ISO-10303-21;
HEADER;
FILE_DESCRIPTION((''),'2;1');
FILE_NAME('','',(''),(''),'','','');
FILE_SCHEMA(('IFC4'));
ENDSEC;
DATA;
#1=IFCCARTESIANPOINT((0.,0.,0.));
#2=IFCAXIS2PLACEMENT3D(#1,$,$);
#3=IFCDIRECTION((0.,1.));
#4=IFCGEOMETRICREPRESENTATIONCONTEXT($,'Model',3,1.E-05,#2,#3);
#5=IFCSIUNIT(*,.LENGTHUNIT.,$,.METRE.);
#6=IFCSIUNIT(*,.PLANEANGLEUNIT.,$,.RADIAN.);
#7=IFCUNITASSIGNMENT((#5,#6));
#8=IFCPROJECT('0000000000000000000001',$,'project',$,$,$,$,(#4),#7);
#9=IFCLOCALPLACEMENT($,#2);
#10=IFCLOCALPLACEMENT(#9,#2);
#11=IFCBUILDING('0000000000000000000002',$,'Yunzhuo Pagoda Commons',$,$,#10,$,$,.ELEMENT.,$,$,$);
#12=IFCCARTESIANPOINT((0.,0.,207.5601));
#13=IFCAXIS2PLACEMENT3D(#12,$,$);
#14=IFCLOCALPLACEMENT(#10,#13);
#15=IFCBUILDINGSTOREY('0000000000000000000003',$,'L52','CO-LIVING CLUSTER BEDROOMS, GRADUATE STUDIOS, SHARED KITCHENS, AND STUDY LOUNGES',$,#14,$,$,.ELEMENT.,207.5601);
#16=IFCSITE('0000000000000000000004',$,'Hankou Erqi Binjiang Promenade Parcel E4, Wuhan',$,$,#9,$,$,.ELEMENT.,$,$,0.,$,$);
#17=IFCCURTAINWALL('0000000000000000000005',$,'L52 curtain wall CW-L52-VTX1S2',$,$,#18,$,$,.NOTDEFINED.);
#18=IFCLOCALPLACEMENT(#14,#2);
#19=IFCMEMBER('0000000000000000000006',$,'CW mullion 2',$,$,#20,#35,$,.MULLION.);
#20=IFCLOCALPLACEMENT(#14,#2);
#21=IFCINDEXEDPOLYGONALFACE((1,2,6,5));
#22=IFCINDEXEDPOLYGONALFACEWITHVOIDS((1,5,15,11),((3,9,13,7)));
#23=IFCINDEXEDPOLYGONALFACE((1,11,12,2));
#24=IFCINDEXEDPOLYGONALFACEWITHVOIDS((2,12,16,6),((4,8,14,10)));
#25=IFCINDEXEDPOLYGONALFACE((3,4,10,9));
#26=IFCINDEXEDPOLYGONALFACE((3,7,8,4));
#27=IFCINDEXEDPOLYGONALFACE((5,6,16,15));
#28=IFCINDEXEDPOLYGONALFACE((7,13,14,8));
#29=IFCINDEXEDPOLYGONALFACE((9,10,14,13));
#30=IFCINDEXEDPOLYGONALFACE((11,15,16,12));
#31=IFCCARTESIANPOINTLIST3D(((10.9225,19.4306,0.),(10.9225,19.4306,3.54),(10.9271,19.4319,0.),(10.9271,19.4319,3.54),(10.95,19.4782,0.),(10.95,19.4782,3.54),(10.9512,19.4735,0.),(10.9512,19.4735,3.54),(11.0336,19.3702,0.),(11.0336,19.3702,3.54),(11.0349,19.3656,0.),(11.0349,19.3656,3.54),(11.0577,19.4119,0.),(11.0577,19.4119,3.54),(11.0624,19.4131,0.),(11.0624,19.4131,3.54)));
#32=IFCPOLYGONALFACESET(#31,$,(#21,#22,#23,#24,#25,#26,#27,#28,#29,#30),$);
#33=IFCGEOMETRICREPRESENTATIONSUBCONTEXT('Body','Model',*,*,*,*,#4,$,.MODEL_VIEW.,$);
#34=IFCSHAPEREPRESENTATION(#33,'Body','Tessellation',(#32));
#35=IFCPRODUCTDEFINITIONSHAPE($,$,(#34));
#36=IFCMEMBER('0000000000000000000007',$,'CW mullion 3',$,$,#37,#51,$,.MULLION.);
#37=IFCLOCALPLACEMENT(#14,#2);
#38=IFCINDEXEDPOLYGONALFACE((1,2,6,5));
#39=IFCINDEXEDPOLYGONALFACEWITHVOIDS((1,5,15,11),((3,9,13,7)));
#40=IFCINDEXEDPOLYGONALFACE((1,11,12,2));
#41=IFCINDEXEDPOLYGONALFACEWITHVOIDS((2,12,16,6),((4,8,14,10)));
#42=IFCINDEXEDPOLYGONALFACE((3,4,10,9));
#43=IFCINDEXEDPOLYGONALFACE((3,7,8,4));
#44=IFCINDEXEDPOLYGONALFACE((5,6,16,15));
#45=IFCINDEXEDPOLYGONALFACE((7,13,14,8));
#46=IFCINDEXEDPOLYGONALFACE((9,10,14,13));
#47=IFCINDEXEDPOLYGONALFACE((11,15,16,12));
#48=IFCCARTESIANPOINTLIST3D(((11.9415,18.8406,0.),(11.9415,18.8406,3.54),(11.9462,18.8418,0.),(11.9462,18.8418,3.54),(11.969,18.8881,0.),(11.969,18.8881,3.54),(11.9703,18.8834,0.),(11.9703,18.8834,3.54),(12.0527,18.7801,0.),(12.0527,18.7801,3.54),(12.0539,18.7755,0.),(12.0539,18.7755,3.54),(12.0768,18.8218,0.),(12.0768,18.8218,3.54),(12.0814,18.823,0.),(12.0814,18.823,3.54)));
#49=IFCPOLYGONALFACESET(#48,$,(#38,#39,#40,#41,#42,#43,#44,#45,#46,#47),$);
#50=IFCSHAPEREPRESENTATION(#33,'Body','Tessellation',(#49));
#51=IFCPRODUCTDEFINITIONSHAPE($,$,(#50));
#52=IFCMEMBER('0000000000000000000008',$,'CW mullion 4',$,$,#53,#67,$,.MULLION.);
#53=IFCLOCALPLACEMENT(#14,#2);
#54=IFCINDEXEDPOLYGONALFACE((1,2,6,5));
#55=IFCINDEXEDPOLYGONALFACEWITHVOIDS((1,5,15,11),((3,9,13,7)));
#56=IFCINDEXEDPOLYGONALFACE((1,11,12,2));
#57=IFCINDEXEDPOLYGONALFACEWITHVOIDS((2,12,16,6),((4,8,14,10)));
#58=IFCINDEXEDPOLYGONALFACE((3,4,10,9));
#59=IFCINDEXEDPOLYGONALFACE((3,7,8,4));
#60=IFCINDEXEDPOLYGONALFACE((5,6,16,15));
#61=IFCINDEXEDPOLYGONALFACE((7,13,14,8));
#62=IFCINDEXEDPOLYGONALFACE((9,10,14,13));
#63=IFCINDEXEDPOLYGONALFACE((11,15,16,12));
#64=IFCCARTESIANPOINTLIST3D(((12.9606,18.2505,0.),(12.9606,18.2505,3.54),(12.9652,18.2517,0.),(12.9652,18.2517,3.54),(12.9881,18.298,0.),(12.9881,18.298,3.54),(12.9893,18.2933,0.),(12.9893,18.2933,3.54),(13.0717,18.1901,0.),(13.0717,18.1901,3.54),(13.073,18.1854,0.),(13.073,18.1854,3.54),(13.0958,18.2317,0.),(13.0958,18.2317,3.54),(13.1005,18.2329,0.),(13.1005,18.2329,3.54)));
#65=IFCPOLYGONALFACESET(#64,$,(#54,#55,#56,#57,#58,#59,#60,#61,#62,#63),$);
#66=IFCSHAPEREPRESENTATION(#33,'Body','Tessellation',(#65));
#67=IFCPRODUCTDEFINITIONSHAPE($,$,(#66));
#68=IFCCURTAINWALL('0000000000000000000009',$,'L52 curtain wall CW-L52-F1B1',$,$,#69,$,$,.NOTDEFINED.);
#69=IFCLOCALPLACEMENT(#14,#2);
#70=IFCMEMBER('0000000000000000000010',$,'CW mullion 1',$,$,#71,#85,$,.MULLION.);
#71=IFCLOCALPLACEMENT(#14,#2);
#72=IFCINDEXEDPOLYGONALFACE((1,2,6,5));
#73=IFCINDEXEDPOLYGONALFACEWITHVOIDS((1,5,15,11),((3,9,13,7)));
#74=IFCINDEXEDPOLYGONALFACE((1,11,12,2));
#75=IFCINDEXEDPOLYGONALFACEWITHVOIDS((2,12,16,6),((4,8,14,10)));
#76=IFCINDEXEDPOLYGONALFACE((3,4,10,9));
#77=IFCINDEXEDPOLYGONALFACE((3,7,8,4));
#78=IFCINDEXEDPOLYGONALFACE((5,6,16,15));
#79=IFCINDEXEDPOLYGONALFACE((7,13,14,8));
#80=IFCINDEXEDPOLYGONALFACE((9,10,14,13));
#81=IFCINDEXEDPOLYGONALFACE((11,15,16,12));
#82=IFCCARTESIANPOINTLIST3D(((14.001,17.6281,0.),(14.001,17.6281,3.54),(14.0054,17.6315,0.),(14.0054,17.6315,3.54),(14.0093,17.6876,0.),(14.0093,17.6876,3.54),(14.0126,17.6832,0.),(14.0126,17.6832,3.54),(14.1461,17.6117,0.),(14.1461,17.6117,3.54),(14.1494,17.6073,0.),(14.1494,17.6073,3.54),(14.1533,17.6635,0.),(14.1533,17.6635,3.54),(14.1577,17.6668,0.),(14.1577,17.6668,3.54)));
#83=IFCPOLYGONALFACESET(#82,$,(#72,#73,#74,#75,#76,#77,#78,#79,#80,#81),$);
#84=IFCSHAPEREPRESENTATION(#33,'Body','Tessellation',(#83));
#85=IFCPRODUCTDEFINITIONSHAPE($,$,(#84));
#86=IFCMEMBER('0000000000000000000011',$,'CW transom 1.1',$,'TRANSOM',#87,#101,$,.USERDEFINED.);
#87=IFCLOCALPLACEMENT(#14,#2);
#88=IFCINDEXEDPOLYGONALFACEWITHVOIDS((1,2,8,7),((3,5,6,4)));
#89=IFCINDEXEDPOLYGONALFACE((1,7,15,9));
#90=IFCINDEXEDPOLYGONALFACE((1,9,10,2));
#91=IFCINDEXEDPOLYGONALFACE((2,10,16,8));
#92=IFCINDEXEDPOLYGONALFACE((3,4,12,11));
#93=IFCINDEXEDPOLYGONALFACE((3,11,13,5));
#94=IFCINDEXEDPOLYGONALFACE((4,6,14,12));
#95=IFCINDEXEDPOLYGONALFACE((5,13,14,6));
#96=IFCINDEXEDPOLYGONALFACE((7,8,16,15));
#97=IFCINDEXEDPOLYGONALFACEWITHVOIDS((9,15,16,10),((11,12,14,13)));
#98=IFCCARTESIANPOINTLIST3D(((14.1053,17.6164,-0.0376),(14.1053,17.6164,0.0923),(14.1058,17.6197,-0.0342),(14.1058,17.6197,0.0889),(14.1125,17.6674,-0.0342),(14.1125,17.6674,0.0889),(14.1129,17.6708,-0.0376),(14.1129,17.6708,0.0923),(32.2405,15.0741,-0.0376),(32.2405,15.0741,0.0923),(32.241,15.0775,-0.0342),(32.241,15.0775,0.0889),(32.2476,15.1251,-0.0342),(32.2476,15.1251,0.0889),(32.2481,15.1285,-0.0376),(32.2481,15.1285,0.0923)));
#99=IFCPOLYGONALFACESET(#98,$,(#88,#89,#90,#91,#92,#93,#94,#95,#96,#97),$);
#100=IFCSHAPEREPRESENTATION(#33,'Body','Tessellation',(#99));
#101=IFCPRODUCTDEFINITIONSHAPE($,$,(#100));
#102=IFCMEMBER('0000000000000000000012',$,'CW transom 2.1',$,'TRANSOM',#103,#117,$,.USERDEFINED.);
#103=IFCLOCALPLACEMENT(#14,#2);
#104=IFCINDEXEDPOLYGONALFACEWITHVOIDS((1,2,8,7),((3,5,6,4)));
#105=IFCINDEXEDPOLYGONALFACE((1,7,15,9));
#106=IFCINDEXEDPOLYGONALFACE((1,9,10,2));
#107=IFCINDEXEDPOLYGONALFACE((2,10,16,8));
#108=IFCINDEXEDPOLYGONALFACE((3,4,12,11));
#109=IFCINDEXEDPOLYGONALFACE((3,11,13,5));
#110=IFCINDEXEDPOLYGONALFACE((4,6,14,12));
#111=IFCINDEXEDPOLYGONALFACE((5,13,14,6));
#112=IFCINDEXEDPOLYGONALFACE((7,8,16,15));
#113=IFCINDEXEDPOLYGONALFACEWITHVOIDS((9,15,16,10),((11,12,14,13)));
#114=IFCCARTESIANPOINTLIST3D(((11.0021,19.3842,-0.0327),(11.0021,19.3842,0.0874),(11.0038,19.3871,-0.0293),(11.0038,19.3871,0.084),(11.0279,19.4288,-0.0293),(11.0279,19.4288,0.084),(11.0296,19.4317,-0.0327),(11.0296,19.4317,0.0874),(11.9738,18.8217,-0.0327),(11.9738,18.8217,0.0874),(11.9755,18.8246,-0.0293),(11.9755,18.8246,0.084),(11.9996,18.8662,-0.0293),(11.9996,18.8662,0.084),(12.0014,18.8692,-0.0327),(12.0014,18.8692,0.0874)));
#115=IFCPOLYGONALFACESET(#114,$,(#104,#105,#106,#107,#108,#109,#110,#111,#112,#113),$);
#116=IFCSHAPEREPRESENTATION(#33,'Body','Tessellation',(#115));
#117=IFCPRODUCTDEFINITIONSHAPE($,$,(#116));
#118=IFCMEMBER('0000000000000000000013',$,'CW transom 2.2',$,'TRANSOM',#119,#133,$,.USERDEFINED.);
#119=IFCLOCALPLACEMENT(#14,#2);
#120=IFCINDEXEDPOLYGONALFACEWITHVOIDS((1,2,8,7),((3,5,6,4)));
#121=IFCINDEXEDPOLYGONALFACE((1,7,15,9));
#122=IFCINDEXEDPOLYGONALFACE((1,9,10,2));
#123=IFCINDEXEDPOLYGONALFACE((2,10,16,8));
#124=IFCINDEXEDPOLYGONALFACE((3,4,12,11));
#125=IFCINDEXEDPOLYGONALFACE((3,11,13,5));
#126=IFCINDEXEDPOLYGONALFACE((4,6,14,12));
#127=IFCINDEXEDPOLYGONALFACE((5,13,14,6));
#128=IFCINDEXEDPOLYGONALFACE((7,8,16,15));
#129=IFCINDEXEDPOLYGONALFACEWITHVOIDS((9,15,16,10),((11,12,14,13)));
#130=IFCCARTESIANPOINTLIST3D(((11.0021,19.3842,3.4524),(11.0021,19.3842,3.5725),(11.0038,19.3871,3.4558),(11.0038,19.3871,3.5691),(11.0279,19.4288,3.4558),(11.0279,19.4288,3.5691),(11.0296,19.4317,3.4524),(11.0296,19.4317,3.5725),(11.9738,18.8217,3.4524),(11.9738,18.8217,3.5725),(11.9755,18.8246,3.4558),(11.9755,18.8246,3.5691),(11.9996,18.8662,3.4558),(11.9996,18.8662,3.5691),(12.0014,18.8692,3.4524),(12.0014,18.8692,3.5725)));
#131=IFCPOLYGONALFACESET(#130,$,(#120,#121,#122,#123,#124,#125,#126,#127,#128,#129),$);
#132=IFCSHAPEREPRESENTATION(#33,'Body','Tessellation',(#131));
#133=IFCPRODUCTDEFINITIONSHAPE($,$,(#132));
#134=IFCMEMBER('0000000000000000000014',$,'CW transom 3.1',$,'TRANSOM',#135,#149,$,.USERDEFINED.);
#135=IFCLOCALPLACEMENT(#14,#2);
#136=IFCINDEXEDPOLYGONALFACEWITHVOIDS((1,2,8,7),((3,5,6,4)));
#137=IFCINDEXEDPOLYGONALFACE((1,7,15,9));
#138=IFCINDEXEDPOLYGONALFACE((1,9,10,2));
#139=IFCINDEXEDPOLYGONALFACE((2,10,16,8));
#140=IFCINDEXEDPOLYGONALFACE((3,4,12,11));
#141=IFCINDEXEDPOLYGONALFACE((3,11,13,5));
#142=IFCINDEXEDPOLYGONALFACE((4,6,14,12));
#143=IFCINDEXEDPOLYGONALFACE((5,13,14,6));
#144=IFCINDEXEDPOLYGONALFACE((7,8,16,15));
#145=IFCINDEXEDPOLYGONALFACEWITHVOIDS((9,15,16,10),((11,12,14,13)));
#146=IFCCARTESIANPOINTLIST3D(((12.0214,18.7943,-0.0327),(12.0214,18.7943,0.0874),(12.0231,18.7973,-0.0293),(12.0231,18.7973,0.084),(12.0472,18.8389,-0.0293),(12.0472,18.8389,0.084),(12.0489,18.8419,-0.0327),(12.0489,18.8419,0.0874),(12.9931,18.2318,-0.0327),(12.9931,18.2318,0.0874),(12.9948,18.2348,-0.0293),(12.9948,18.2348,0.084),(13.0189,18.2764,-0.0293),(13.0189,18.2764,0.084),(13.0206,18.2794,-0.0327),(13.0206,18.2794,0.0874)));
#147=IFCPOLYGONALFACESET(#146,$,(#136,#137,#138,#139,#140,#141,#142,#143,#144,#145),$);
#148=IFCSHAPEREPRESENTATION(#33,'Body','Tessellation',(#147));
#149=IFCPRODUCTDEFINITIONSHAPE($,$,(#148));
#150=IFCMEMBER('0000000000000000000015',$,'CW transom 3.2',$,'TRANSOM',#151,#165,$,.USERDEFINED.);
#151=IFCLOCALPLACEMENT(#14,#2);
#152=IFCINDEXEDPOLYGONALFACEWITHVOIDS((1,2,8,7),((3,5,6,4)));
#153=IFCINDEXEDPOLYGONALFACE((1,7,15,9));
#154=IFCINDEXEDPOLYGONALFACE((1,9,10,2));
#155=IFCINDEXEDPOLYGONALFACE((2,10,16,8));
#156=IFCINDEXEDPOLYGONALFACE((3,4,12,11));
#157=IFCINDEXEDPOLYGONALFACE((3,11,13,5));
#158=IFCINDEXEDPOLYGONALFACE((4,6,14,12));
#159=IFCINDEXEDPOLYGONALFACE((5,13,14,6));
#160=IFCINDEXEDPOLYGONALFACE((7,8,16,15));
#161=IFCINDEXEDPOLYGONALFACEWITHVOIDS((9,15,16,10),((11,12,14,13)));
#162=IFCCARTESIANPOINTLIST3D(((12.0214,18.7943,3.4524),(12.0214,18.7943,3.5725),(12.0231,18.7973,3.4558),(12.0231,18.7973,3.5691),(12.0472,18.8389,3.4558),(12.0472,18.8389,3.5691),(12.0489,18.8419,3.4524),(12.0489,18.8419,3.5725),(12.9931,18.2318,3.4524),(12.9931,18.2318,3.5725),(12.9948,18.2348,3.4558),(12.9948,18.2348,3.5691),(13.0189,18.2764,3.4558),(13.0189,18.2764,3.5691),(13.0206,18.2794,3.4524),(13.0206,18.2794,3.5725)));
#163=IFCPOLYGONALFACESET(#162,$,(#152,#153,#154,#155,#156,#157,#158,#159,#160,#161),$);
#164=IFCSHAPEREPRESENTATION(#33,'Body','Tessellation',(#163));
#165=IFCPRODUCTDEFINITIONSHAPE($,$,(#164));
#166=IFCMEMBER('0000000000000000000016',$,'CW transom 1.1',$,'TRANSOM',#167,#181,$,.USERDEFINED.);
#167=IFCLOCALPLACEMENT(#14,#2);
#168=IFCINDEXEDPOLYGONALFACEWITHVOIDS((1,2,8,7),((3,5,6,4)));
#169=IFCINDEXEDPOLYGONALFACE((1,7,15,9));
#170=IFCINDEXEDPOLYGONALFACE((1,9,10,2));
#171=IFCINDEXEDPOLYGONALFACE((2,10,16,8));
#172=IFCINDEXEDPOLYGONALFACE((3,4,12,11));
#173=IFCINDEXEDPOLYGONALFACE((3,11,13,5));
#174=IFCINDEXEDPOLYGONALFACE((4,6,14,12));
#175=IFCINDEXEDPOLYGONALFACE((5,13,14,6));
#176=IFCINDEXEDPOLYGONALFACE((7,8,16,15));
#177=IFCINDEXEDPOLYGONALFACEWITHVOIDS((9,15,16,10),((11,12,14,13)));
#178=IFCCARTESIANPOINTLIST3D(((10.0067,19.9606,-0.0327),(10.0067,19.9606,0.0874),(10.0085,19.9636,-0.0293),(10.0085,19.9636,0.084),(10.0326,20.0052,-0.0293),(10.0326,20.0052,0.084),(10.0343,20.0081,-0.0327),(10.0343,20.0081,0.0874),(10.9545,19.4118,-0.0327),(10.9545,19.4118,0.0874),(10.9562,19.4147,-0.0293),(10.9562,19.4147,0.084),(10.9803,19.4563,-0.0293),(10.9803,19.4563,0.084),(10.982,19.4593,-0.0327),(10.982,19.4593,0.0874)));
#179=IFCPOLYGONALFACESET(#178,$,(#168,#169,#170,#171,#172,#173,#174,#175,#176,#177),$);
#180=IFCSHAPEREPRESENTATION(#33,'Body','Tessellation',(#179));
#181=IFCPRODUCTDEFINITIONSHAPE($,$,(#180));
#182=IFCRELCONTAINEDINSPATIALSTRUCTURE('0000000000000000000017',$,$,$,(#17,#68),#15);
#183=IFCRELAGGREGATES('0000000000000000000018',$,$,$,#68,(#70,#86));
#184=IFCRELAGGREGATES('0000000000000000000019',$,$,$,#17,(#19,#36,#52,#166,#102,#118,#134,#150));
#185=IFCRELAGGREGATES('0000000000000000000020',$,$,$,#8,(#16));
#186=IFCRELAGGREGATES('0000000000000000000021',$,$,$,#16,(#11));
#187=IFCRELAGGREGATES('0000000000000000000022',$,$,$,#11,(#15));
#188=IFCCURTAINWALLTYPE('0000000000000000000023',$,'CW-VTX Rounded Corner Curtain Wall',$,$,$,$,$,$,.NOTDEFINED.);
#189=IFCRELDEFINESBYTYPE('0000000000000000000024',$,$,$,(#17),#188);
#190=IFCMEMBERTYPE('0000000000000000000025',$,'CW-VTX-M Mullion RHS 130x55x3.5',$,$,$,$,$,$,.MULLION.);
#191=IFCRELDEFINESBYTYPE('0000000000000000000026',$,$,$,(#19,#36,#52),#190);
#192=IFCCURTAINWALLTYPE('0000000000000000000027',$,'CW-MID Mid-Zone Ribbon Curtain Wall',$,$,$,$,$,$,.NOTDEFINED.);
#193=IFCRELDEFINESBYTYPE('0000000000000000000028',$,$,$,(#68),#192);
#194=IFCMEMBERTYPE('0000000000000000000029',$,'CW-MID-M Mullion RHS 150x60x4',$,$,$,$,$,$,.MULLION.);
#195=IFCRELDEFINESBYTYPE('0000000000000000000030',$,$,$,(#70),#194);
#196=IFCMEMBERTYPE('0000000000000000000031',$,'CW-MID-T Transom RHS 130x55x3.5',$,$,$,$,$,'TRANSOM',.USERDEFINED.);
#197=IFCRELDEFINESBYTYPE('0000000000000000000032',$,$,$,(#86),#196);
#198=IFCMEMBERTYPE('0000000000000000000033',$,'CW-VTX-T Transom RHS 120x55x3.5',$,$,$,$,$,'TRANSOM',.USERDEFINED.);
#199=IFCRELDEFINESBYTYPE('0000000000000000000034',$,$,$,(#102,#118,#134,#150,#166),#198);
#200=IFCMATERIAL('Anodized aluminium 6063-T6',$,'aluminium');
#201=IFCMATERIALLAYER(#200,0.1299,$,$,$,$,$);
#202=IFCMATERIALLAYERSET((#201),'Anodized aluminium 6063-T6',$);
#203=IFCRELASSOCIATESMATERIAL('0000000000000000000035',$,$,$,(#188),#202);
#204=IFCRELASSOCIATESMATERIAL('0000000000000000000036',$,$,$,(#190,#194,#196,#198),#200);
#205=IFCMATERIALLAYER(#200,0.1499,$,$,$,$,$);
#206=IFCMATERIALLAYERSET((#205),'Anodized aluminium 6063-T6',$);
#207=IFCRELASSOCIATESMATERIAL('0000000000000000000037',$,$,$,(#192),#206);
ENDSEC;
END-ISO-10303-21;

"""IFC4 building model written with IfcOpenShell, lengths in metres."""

from ifc_helpers import new_model, si_unit, direction, frame, origin, origin_2d, place, context, subcontext, project, spatial, hollow_rectangle, extrude, source, transform, mapped, material, layer, layer_set, material_profile, profile_set, type_object, element, aggregate, save


model = new_model("IFC4")

# Units and contexts
model_context = context("Model", 3, precision=1e-05, world=origin(), true_north=direction((0.0, 1.0)))
body_context = subcontext(model_context, "Body", "Model", "MODEL_VIEW")
ifc_project = project(units=[si_unit("LENGTHUNIT", "METRE"), si_unit("PLANEANGLEUNIT", "RADIAN")], contexts=[model_context])

# Site, building, storey
site_placement = place(None, origin())
site = spatial("IfcSite", under=ifc_project, at=site_placement, Name="Hankou Erqi Binjiang Promenade Parcel E4, Wuhan", CompositionType="ELEMENT", RefElevation=0.0)
building_placement = place(site_placement, origin())
building = spatial("IfcBuilding", under=site, at=building_placement, Name="Yunzhuo Pagoda Commons", CompositionType="ELEMENT")
storey_placement = place(building_placement, frame((0.0, 0.0, 207.5601)))
storey = spatial("IfcBuildingStorey", under=building, at=storey_placement, Name="L52", Description="CO-LIVING CLUSTER BEDROOMS, GRADUATE STUDIOS, SHARED KITCHENS, AND STUDY LOUNGES", CompositionType="ELEMENT", Elevation=207.5601)

# Curtain walls, members
ifc_material_1 = material(Name="Anodized aluminium 6063-T6", Category="aluminium")
ifc_layer_1 = layer(ifc_material_1, 0.1299)
ifc_layer_set_1 = layer_set([ifc_layer_1], Name="Anodized aluminium 6063-T6")
curtain_wall_type_1 = type_object("IfcCurtainWallType", Name="CW-VTX Rounded Corner Curtain Wall", PredefinedType="NOTDEFINED", material=ifc_layer_set_1)
curtain_wall_1_placement = place(storey_placement, origin())
curtain_wall_1 = element("IfcCurtainWall", 1, at=curtain_wall_1_placement, inside=storey, type_object=curtain_wall_type_1, Name="L52 curtain wall CW-L52-VTX1S2", PredefinedType="NOTDEFINED")
ifc_material_profile_1 = material_profile(ifc_material_1, hollow_rectangle(XDim=0.0549, YDim=0.1299, WallThickness=0.0034, at=origin_2d()), Name="Anodized aluminium 6063-T6")
ifc_profile_set_1 = profile_set([ifc_material_profile_1], Name="Anodized aluminium 6063-T6")
member_type_1 = type_object("IfcMemberType", Name="CW-VTX-M Mullion RHS 130x55x3.5", PredefinedType="MULLION", material=ifc_profile_set_1)
shared_shape_1 = source(origin(), body_context, "Body", "SweptSolid", [
    extrude(hollow_rectangle(XDim=0.0549, YDim=0.1299, WallThickness=0.0034, at=origin_2d()), origin(), (0.0, 0.0, 1.0), 3.54),
])
member_1_placement = place(storey_placement, frame((10.9924, 19.4219, 0.0), z_axis=(0.0, 0.0, 1.0), x_axis=(0.501037, 0.865426, 0.0)))
member_1 = element("IfcMember", 2, at=member_1_placement, type_object=member_type_1, Name="CW mullion 2", PredefinedType="MULLION", context=body_context, shape_type="MappedRepresentation", body=[
    mapped(shared_shape_1, transform((0.0, 0.0, 0.0), scale=1.0)),
])
member_2_placement = place(storey_placement, frame((12.0115, 18.8318, 0.0), z_axis=(0.0, 0.0, 1.0), x_axis=(0.501037, 0.865426, 0.0)))
member_2 = element("IfcMember", 3, at=member_2_placement, type_object=member_type_1, Name="CW mullion 3", PredefinedType="MULLION", context=body_context, shape_type="MappedRepresentation", body=[
    mapped(shared_shape_1, transform((0.0, 0.0, 0.0), scale=1.0)),
])
member_3_placement = place(storey_placement, frame((13.0305, 18.2417, 0.0), z_axis=(0.0, 0.0, 1.0), x_axis=(0.501037, 0.865426, 0.0)))
member_3 = element("IfcMember", 4, at=member_3_placement, type_object=member_type_1, Name="CW mullion 4", PredefinedType="MULLION", context=body_context, shape_type="MappedRepresentation", body=[
    mapped(shared_shape_1, transform((0.0, 0.0, 0.0), scale=1.0)),
])
ifc_layer_2 = layer(ifc_material_1, 0.1499)
ifc_layer_set_2 = layer_set([ifc_layer_2], Name="Anodized aluminium 6063-T6")
curtain_wall_type_2 = type_object("IfcCurtainWallType", Name="CW-MID Mid-Zone Ribbon Curtain Wall", PredefinedType="NOTDEFINED", material=ifc_layer_set_2)
curtain_wall_2_placement = place(storey_placement, origin())
curtain_wall_2 = element("IfcCurtainWall", 5, at=curtain_wall_2_placement, inside=storey, type_object=curtain_wall_type_2, Name="L52 curtain wall CW-L52-F1B1", PredefinedType="NOTDEFINED")
ifc_material_profile_2 = material_profile(ifc_material_1, hollow_rectangle(XDim=0.0601, YDim=0.1499, WallThickness=0.0039, at=origin_2d()), Name="Anodized aluminium 6063-T6")
ifc_profile_set_2 = profile_set([ifc_material_profile_2], Name="Anodized aluminium 6063-T6")
member_type_2 = type_object("IfcMemberType", Name="CW-MID-M Mullion RHS 150x60x4", PredefinedType="MULLION", material=ifc_profile_set_2)
shared_shape_2 = source(origin(), body_context, "Body", "SweptSolid", [
    extrude(hollow_rectangle(XDim=0.0601, YDim=0.1499, WallThickness=0.0039, at=origin_2d()), origin(), (0.0, 0.0, 1.0), 3.54),
])
member_4_placement = place(storey_placement, frame((14.0793, 17.6475, 0.0), z_axis=(0.0, 0.0, 1.0), x_axis=(0.138819, 0.990318, 0.0)))
member_4 = element("IfcMember", 6, at=member_4_placement, type_object=member_type_2, Name="CW mullion 1", PredefinedType="MULLION", context=body_context, shape_type="MappedRepresentation", body=[
    mapped(shared_shape_2, transform((0.0, 0.0, 0.0), scale=1.0)),
])
ifc_material_profile_3 = material_profile(ifc_material_1, hollow_rectangle(XDim=0.0549, YDim=0.1299, WallThickness=0.0034, at=origin_2d()), Name="Anodized aluminium 6063-T6")
ifc_profile_set_3 = profile_set([ifc_material_profile_3], Name="Anodized aluminium 6063-T6")
member_type_3 = type_object("IfcMemberType", Name="CW-MID-T Transom RHS 130x55x3.5", ElementType="TRANSOM", PredefinedType="USERDEFINED", material=ifc_profile_set_3)
shared_shape_3 = source(origin(), body_context, "Body", "SweptSolid", [
    extrude(hollow_rectangle(XDim=0.0549, YDim=0.1299, WallThickness=0.0034, at=origin_2d()), origin(), (0.0, 0.0, 1.0), 18.3125),
])
member_5_placement = place(storey_placement, frame((14.1091, 17.6436, 0.0273), z_axis=(0.990317, -0.138825, 0.0), x_axis=(0.138825, 0.990317, 0.0)))
member_5 = element("IfcMember", 7, at=member_5_placement, type_object=member_type_3, Name="CW transom 1.1", ObjectType="TRANSOM", PredefinedType="USERDEFINED", context=body_context, shape_type="MappedRepresentation", body=[
    mapped(shared_shape_3, transform((0.0, 0.0, 0.0), scale=1.0)),
])
aggregate(curtain_wall_2, [member_4, member_5])

# Members
ifc_material_profile_4 = material_profile(ifc_material_1, hollow_rectangle(XDim=0.0549, YDim=0.1201, WallThickness=0.0034, at=origin_2d()), Name="Anodized aluminium 6063-T6")
ifc_profile_set_4 = profile_set([ifc_material_profile_4], Name="Anodized aluminium 6063-T6")
member_type_4 = type_object("IfcMemberType", Name="CW-VTX-T Transom RHS 120x55x3.5", ElementType="TRANSOM", PredefinedType="USERDEFINED", material=ifc_profile_set_4)
shared_shape_4 = source(origin(), body_context, "Body", "SweptSolid", [
    extrude(hollow_rectangle(XDim=0.0549, YDim=0.1201, WallThickness=0.0034, at=origin_2d()), origin(), (0.0, 0.0, 1.0), 1.1228),
])
member_6_placement = place(storey_placement, frame((11.0159, 19.408, 0.0273), z_axis=(0.865446, -0.501002, 0.0), x_axis=(0.501002, 0.865446, 0.0)))
member_6 = element("IfcMember", 8, at=member_6_placement, type_object=member_type_4, Name="CW transom 2.1", ObjectType="TRANSOM", PredefinedType="USERDEFINED", context=body_context, shape_type="MappedRepresentation", body=[
    mapped(shared_shape_4, transform((0.0, 0.0, 0.0), scale=1.0)),
])
member_7_placement = place(storey_placement, frame((11.0159, 19.408, 3.5125), z_axis=(0.865446, -0.501002, 0.0), x_axis=(0.501002, 0.865446, 0.0)))
member_7 = element("IfcMember", 9, at=member_7_placement, type_object=member_type_4, Name="CW transom 2.2", ObjectType="TRANSOM", PredefinedType="USERDEFINED", context=body_context, shape_type="MappedRepresentation", body=[
    mapped(shared_shape_4, transform((0.0, 0.0, 0.0), scale=1.0)),
])
member_8_placement = place(storey_placement, frame((12.0352, 18.8181, 0.0273), z_axis=(0.865446, -0.501002, 0.0), x_axis=(0.501002, 0.865446, 0.0)))
member_8 = element("IfcMember", 10, at=member_8_placement, type_object=member_type_4, Name="CW transom 3.1", ObjectType="TRANSOM", PredefinedType="USERDEFINED", context=body_context, shape_type="MappedRepresentation", body=[
    mapped(shared_shape_4, transform((0.0, 0.0, 0.0), scale=1.0)),
])
member_9_placement = place(storey_placement, frame((12.0352, 18.8181, 3.5125), z_axis=(0.865446, -0.501002, 0.0), x_axis=(0.501002, 0.865446, 0.0)))
member_9 = element("IfcMember", 11, at=member_9_placement, type_object=member_type_4, Name="CW transom 3.2", ObjectType="TRANSOM", PredefinedType="USERDEFINED", context=body_context, shape_type="MappedRepresentation", body=[
    mapped(shared_shape_4, transform((0.0, 0.0, 0.0), scale=1.0)),
])
shared_shape_5 = source(origin(), body_context, "Body", "SweptSolid", [
    extrude(hollow_rectangle(XDim=0.0549, YDim=0.1201, WallThickness=0.0034, at=origin_2d()), origin(), (0.0, 0.0, 1.0), 1.0952),
])
member_10_placement = place(storey_placement, frame((10.0205, 19.9844, 0.0273), z_axis=(0.865375, -0.501124, 0.0), x_axis=(0.501124, 0.865375, 0.0)))
member_10 = element("IfcMember", 12, at=member_10_placement, type_object=member_type_4, Name="CW transom 1.1", ObjectType="TRANSOM", PredefinedType="USERDEFINED", context=body_context, shape_type="MappedRepresentation", body=[
    mapped(shared_shape_5, transform((0.0, 0.0, 0.0), scale=1.0)),
])

aggregate(curtain_wall_1, [member_1, member_2, member_3, member_10, member_6, member_7, member_8, member_9])

save(model, "model.ifc")
